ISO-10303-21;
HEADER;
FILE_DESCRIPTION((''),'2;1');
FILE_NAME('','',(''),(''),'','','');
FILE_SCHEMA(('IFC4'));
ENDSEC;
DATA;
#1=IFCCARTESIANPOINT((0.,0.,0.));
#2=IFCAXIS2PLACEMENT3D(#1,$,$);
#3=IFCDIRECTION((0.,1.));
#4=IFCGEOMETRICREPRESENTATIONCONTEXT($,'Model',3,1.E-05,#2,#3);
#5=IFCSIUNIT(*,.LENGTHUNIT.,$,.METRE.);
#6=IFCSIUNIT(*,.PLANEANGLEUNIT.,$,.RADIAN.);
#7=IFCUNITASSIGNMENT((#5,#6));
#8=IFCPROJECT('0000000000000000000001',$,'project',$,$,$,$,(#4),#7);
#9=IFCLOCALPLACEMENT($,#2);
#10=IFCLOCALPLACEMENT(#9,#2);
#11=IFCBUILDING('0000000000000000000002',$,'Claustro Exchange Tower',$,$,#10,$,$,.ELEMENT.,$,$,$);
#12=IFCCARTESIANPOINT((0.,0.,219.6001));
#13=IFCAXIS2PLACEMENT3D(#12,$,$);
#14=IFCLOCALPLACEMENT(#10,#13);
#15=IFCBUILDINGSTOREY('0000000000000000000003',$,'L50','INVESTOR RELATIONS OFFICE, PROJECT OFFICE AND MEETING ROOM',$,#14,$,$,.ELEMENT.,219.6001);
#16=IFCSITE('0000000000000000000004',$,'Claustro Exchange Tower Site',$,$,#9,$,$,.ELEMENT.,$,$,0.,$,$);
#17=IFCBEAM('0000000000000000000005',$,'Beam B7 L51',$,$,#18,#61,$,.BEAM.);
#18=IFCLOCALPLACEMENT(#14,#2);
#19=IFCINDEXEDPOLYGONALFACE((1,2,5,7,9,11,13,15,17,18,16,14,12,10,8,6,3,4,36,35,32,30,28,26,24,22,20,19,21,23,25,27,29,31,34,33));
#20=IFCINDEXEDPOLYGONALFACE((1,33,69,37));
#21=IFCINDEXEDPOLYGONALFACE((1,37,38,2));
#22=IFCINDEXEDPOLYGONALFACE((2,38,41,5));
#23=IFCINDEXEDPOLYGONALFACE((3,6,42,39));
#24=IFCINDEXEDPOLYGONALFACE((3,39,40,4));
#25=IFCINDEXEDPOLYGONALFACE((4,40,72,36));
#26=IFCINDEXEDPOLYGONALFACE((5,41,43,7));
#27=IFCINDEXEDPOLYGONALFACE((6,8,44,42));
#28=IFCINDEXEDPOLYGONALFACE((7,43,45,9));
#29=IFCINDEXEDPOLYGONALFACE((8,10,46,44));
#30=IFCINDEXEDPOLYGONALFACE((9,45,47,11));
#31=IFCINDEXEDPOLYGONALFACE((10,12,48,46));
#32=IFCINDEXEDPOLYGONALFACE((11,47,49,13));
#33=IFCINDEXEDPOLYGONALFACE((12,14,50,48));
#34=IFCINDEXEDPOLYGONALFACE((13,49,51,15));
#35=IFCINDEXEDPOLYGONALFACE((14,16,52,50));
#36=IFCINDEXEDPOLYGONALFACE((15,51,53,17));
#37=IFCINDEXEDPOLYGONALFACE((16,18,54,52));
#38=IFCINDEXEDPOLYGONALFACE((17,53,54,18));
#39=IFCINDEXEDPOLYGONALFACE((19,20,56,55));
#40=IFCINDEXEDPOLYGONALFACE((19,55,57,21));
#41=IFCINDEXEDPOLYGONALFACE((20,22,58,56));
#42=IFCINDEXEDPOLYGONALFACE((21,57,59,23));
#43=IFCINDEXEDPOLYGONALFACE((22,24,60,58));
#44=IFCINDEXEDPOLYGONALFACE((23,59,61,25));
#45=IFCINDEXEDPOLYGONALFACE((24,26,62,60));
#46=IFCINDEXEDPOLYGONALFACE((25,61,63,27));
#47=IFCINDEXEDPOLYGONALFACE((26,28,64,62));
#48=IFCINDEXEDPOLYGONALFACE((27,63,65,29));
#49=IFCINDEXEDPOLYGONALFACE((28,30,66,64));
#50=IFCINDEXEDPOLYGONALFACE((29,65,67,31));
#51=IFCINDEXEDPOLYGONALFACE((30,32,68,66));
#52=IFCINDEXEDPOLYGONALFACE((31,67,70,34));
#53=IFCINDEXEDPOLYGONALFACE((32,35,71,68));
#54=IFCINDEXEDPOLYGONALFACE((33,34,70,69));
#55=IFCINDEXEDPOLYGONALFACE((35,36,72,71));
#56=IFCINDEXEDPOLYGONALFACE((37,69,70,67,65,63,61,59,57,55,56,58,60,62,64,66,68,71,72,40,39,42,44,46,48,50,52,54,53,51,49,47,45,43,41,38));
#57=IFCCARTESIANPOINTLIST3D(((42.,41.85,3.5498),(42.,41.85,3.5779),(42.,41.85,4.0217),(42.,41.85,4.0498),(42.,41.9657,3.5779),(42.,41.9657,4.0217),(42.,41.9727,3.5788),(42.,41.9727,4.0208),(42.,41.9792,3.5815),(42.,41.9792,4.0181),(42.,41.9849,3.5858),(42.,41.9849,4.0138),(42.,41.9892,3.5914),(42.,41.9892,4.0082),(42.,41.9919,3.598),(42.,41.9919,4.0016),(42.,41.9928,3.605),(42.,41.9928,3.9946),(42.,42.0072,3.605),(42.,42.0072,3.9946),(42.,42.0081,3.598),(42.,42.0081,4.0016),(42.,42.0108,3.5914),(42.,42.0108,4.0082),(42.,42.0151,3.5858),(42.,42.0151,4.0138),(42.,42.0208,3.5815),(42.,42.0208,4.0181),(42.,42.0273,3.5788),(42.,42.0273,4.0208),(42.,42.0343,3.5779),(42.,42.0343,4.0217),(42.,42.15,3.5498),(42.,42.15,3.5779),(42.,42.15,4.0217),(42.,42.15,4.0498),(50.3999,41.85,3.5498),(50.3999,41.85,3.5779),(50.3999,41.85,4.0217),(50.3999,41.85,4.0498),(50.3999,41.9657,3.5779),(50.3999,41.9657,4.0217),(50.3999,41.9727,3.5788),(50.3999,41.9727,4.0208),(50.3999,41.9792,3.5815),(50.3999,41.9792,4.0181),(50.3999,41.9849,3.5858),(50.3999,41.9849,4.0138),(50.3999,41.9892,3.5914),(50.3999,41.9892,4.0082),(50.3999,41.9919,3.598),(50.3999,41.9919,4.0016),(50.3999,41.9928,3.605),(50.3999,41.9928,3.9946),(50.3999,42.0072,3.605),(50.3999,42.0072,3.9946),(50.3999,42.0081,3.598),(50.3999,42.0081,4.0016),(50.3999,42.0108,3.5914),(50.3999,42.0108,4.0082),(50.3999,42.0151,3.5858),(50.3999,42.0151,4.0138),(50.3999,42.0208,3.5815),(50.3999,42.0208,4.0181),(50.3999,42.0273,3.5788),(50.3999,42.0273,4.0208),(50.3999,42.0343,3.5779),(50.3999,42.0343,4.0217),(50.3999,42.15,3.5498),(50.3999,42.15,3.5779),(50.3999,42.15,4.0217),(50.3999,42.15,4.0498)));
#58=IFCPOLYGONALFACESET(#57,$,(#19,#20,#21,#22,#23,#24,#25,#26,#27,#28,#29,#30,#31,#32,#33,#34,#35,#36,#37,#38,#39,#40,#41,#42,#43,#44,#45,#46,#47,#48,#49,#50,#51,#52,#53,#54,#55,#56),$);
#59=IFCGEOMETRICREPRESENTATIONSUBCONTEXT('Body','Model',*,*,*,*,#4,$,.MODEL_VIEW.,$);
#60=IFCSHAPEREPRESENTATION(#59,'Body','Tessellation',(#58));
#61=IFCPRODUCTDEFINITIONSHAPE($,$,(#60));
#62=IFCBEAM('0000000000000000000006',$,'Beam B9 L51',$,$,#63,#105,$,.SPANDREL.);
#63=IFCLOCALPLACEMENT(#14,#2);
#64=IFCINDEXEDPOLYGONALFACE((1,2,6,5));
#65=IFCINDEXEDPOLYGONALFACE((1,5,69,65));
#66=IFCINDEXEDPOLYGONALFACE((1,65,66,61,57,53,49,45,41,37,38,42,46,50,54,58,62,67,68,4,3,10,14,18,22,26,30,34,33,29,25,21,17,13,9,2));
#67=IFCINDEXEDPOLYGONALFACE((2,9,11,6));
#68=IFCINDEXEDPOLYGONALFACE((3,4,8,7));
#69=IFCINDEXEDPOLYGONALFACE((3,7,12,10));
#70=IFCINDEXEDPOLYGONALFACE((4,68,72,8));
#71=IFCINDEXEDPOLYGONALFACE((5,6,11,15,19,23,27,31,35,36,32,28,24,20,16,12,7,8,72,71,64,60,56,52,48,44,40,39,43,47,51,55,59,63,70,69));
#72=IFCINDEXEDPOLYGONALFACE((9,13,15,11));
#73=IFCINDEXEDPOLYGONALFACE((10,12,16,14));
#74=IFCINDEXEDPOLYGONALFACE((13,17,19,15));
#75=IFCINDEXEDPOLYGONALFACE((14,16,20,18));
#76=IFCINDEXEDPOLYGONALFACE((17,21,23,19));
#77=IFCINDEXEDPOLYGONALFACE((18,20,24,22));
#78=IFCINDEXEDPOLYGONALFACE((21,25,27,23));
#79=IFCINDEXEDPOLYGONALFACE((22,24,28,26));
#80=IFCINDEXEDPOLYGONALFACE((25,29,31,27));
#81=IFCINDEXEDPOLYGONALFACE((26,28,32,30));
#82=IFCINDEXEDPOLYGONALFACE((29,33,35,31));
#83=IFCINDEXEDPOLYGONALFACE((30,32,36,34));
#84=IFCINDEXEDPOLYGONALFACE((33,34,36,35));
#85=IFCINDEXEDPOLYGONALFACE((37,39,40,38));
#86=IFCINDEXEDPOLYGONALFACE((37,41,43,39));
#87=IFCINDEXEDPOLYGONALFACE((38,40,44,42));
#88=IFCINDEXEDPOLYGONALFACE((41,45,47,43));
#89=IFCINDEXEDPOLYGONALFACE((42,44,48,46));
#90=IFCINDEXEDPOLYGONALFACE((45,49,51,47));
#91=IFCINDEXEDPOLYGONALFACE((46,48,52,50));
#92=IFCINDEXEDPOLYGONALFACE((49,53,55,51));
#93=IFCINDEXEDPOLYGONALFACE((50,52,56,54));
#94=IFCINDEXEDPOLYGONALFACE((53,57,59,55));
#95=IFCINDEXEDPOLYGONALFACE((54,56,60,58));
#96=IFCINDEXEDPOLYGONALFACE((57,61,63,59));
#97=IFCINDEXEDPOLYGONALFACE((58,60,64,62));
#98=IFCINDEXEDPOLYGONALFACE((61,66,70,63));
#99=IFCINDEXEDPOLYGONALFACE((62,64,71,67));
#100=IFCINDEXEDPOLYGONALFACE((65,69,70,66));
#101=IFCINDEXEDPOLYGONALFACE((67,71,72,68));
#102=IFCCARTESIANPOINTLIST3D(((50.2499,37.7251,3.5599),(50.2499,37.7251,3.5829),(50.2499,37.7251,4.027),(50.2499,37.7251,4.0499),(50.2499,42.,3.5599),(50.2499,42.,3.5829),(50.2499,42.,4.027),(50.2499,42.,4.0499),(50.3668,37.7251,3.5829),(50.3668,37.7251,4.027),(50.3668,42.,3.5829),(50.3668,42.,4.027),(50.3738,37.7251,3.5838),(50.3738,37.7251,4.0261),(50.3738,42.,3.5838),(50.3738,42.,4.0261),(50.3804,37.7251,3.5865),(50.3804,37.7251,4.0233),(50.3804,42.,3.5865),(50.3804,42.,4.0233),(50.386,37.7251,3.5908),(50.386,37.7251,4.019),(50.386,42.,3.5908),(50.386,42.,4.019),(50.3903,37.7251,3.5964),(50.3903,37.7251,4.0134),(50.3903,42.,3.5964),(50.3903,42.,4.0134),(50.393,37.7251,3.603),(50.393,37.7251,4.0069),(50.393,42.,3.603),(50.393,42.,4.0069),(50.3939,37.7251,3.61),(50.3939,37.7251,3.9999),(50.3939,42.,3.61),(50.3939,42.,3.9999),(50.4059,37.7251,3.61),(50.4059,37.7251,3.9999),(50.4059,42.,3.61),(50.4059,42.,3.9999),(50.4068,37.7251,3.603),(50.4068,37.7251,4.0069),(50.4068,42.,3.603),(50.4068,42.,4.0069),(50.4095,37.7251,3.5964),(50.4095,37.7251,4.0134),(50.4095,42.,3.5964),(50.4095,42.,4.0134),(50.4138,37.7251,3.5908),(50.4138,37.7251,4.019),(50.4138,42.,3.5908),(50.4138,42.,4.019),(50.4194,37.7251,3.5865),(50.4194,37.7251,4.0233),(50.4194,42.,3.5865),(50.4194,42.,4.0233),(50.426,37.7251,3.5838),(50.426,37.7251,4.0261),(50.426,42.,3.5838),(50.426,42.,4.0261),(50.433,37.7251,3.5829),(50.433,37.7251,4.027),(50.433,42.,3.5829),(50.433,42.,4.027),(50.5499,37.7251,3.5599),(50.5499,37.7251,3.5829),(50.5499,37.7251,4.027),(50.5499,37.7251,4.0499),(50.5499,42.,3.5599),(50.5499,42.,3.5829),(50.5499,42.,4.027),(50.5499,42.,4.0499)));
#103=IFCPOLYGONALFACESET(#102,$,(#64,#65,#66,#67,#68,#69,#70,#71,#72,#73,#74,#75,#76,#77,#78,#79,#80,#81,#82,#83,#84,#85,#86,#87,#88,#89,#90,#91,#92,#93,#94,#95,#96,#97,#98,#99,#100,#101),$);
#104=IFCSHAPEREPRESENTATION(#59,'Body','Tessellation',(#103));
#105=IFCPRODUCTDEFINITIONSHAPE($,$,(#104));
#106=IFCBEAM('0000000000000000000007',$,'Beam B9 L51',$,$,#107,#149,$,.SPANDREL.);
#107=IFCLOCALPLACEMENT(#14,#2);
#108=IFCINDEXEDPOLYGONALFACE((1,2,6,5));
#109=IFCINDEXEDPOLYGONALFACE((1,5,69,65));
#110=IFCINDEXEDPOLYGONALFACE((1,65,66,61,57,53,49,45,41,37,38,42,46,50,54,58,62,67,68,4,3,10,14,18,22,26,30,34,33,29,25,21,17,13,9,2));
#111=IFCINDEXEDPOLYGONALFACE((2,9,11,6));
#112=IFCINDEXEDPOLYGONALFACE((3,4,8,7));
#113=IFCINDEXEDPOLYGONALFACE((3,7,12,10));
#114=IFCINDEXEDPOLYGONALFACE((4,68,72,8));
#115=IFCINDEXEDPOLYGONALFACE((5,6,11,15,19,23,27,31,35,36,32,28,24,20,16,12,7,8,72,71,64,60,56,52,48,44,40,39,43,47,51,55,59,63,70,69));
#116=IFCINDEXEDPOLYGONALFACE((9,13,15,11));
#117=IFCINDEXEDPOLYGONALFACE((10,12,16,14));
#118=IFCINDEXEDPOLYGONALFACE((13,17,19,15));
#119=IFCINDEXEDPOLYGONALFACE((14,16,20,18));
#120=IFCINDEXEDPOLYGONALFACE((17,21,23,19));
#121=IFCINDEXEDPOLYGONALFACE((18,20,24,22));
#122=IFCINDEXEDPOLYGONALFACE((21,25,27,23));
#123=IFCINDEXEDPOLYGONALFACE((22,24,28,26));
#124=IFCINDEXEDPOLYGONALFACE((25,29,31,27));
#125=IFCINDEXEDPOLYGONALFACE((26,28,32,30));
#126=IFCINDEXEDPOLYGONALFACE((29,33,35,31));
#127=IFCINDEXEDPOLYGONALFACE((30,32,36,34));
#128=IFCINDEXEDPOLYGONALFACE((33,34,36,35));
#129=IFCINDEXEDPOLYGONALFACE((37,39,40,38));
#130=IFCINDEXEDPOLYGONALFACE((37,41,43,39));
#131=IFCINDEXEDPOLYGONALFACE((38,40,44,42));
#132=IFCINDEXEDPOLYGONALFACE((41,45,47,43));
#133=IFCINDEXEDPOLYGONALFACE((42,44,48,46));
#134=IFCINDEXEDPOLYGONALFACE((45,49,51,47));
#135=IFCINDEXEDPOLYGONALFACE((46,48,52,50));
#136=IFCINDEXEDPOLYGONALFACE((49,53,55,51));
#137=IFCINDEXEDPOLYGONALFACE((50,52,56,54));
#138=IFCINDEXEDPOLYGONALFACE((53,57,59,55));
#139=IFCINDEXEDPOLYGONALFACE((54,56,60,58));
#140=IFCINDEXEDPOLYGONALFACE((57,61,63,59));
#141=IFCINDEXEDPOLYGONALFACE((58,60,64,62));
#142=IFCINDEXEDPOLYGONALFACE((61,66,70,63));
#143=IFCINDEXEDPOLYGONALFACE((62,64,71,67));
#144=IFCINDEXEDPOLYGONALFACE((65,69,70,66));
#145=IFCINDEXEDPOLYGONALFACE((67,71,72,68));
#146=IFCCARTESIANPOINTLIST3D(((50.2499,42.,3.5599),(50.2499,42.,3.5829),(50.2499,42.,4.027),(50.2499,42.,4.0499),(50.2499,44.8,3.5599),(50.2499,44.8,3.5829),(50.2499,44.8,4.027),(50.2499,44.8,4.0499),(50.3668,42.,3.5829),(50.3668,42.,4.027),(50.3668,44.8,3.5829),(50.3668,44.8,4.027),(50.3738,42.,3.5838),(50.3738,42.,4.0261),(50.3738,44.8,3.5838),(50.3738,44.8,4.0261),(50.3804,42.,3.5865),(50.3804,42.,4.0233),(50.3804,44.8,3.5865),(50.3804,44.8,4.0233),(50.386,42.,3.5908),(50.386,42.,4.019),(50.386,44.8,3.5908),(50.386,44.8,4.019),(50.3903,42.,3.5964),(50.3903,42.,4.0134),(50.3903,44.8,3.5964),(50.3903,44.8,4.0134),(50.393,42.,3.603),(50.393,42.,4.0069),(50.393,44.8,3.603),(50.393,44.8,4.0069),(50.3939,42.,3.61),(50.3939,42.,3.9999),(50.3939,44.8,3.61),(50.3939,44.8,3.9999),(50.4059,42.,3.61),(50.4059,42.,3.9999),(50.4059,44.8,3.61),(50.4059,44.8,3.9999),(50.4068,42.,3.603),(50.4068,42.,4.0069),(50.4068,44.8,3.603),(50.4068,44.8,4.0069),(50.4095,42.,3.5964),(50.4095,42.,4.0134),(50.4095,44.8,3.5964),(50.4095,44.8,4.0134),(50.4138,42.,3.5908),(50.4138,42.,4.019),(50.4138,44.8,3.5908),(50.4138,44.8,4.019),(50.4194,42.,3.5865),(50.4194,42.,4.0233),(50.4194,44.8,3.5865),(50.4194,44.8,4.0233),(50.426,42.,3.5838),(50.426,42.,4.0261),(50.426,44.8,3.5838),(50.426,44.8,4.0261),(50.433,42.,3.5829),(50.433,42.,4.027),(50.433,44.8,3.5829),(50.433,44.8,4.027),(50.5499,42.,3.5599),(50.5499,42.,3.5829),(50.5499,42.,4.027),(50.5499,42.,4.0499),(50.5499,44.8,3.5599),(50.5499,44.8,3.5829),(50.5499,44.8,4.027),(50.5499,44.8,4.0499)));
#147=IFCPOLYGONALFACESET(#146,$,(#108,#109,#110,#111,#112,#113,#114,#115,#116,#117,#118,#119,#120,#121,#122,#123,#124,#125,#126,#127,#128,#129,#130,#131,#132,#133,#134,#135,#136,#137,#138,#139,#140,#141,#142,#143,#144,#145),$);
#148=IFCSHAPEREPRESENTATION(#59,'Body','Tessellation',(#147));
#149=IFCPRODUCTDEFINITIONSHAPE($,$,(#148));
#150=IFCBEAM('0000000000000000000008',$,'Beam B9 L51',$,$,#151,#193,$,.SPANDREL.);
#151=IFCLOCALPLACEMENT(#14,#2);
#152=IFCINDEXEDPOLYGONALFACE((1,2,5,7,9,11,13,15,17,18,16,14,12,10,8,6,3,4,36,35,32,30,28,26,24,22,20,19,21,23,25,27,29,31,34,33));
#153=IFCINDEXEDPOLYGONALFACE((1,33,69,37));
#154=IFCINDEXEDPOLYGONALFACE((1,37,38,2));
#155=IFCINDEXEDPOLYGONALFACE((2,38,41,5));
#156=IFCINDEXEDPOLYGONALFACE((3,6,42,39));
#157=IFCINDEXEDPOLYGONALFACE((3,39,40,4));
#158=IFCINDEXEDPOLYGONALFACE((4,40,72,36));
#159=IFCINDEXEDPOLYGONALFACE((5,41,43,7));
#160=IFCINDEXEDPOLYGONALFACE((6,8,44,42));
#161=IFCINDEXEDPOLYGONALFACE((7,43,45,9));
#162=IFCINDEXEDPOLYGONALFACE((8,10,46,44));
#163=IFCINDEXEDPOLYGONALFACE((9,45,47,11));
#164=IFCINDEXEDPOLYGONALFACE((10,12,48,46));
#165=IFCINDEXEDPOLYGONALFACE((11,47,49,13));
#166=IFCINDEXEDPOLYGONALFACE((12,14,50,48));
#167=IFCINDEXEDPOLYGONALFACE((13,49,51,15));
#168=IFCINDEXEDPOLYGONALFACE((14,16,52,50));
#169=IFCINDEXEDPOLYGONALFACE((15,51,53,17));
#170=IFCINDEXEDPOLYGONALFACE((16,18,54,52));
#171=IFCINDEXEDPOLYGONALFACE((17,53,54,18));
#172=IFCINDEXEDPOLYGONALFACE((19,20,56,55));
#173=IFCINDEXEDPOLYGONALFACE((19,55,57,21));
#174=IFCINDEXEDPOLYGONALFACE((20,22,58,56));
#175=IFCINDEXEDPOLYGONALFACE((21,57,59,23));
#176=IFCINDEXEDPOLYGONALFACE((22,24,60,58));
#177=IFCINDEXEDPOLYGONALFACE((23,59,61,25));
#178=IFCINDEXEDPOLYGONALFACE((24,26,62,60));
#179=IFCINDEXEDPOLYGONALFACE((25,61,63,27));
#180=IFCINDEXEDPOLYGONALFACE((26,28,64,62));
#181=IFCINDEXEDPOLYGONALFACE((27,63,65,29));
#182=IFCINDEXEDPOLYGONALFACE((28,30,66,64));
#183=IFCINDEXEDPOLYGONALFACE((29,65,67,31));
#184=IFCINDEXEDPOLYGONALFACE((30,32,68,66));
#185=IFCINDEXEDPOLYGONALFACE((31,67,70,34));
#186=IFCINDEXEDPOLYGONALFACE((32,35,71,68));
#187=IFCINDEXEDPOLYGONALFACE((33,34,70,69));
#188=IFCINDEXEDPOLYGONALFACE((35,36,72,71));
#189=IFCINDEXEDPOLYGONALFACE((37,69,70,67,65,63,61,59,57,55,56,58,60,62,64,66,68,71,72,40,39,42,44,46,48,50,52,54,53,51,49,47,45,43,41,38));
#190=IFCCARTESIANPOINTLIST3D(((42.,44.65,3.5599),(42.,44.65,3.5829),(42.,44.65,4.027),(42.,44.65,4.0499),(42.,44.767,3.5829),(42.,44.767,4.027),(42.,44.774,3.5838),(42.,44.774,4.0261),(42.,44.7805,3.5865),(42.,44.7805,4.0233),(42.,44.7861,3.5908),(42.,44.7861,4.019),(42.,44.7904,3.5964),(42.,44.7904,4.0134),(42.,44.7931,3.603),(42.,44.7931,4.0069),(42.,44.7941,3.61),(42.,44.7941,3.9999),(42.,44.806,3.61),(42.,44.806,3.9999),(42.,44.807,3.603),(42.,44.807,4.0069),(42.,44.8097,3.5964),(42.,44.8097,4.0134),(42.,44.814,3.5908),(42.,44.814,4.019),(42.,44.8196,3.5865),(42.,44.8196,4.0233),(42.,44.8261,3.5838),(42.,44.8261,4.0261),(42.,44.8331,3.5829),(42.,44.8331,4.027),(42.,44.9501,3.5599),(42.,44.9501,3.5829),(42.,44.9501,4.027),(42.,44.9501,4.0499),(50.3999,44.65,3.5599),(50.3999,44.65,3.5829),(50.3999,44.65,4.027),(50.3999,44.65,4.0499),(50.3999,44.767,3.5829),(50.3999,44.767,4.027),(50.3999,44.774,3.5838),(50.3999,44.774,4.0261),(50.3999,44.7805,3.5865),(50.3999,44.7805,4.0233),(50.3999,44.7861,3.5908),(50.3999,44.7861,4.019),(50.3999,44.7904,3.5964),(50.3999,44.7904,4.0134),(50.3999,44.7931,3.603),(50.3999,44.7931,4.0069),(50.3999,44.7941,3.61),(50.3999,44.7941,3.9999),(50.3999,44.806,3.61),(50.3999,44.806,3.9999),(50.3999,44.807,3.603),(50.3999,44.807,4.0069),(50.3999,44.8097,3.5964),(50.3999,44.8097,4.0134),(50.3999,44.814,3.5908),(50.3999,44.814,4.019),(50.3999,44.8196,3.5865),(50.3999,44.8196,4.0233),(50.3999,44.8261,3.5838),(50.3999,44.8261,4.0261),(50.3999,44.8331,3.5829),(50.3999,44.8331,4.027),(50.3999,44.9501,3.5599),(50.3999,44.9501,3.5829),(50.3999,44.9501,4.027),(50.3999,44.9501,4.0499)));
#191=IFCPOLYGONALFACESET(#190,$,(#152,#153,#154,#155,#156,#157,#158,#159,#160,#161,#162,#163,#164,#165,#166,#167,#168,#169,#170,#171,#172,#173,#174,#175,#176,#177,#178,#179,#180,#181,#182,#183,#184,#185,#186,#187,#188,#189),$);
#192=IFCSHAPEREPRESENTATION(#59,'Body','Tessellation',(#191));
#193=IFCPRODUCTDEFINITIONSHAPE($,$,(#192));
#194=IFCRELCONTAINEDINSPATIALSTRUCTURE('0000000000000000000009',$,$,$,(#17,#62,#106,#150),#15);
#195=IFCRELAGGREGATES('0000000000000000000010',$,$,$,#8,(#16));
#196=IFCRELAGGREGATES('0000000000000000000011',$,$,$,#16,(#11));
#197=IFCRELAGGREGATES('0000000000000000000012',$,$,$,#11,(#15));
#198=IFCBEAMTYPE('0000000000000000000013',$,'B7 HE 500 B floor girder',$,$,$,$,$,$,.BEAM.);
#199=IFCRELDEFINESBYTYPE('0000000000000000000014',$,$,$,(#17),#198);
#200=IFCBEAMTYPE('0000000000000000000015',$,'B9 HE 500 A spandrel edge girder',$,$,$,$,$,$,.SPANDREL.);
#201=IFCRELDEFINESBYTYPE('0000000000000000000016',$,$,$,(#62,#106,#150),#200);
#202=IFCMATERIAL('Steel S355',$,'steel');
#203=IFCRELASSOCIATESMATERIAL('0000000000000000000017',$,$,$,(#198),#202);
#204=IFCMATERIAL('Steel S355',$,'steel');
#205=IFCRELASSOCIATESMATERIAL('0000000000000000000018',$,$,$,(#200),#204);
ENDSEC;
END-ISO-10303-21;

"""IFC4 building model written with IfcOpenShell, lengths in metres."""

from ifc_helpers import new_model, si_unit, direction, frame, origin, origin_2d, place, context, subcontext, project, spatial, i_section, extrude, material, material_profile, profile_set, type_object, element, save


model = new_model("IFC4")

# Units and contexts
model_context = context("Model", 3, precision=1e-05, world=origin(), true_north=direction((0.0, 1.0)))
body_context = subcontext(model_context, "Body", "Model", "MODEL_VIEW")
ifc_project = project(units=[si_unit("LENGTHUNIT", "METRE"), si_unit("PLANEANGLEUNIT", "RADIAN")], contexts=[model_context])

# Site, building, storey
site_placement = place(None, origin())
site = spatial("IfcSite", under=ifc_project, at=site_placement, Name="Claustro Exchange Tower Site", CompositionType="ELEMENT", RefElevation=0.0)
building_placement = place(site_placement, origin())
building = spatial("IfcBuilding", under=site, at=building_placement, Name="Claustro Exchange Tower", CompositionType="ELEMENT")
storey_placement = place(building_placement, frame((0.0, 0.0, 219.6001)))
storey = spatial("IfcBuildingStorey", under=building, at=storey_placement, Name="L50", Description="INVESTOR RELATIONS OFFICE, PROJECT OFFICE AND MEETING ROOM", CompositionType="ELEMENT", Elevation=219.6001)

# Beams
ifc_material_1 = material(Name="Steel S355", Category="steel")
ifc_material_profile_1 = material_profile(ifc_material_1, i_section(OverallWidth=0.3, OverallDepth=0.5, WebThickness=0.0144, FlangeThickness=0.0281, FilletRadius=0.0271, at=origin_2d()), Name="HE 500 B")
ifc_profile_set_1 = profile_set([ifc_material_profile_1], Name="Steel S355")
beam_type_1 = type_object("IfcBeamType", Name="B7 HE 500 B floor girder", PredefinedType="BEAM", material=ifc_profile_set_1)
beam_1_placement = place(storey_placement, frame((42.0, 42.0, 3.7998), z_axis=(1.0, 0.0, 0.0), x_axis=(0.0, 1.0, 0.0)))
element("IfcBeam", 1, at=beam_1_placement, inside=storey, type_object=beam_type_1, Name="Beam B7 L51", PredefinedType="BEAM", context=body_context, shape_type="SweptSolid", body=[
    extrude(i_section(OverallWidth=0.3, OverallDepth=0.5, WebThickness=0.0144, FlangeThickness=0.0281, FilletRadius=0.0271, at=origin_2d()), origin(), (0.0, 0.0, 1.0), 8.3999),
])
ifc_material_2 = material(Name="Steel S355", Category="steel")
ifc_material_profile_2 = material_profile(ifc_material_2, i_section(OverallWidth=0.3, OverallDepth=0.49, WebThickness=0.012, FlangeThickness=0.0229, FilletRadius=0.0271, at=origin_2d()), Name="HE 500 A")
ifc_profile_set_2 = profile_set([ifc_material_profile_2], Name="Steel S355")
beam_type_2 = type_object("IfcBeamType", Name="B9 HE 500 A spandrel edge girder", PredefinedType="SPANDREL", material=ifc_profile_set_2)
beam_2_placement = place(storey_placement, frame((50.3999, 37.7251, 3.8049), z_axis=(0.0, 1.0, 0.0), x_axis=(-1.0, 0.0, 0.0)))
element("IfcBeam", 2, at=beam_2_placement, inside=storey, type_object=beam_type_2, Name="Beam B9 L51", PredefinedType="SPANDREL", context=body_context, shape_type="SweptSolid", body=[
    extrude(i_section(OverallWidth=0.3, OverallDepth=0.49, WebThickness=0.012, FlangeThickness=0.0229, FilletRadius=0.0271, at=origin_2d()), origin(), (0.0, 0.0, 1.0), 4.2749),
])
beam_3_placement = place(storey_placement, frame((50.3999, 42.0, 3.8049), z_axis=(0.0, 1.0, 0.0), x_axis=(-1.0, 0.0, 0.0)))
element("IfcBeam", 3, at=beam_3_placement, inside=storey, type_object=beam_type_2, Name="Beam B9 L51", PredefinedType="SPANDREL", context=body_context, shape_type="SweptSolid", body=[
    extrude(i_section(OverallWidth=0.3, OverallDepth=0.49, WebThickness=0.012, FlangeThickness=0.0229, FilletRadius=0.0271, at=origin_2d()), origin(), (0.0, 0.0, 1.0), 2.8),
])
beam_4_placement = place(storey_placement, frame((42.0, 44.8, 3.8049), z_axis=(1.0, 0.0, 0.0), x_axis=(0.0, 1.0, 0.0)))
element("IfcBeam", 4, at=beam_4_placement, inside=storey, type_object=beam_type_2, Name="Beam B9 L51", PredefinedType="SPANDREL", context=body_context, shape_type="SweptSolid", body=[
    extrude(i_section(OverallWidth=0.3, OverallDepth=0.49, WebThickness=0.012, FlangeThickness=0.0229, FilletRadius=0.0271, at=origin_2d()), origin(), (0.0, 0.0, 1.0), 8.3999),
])

save(model, "model.ifc")
